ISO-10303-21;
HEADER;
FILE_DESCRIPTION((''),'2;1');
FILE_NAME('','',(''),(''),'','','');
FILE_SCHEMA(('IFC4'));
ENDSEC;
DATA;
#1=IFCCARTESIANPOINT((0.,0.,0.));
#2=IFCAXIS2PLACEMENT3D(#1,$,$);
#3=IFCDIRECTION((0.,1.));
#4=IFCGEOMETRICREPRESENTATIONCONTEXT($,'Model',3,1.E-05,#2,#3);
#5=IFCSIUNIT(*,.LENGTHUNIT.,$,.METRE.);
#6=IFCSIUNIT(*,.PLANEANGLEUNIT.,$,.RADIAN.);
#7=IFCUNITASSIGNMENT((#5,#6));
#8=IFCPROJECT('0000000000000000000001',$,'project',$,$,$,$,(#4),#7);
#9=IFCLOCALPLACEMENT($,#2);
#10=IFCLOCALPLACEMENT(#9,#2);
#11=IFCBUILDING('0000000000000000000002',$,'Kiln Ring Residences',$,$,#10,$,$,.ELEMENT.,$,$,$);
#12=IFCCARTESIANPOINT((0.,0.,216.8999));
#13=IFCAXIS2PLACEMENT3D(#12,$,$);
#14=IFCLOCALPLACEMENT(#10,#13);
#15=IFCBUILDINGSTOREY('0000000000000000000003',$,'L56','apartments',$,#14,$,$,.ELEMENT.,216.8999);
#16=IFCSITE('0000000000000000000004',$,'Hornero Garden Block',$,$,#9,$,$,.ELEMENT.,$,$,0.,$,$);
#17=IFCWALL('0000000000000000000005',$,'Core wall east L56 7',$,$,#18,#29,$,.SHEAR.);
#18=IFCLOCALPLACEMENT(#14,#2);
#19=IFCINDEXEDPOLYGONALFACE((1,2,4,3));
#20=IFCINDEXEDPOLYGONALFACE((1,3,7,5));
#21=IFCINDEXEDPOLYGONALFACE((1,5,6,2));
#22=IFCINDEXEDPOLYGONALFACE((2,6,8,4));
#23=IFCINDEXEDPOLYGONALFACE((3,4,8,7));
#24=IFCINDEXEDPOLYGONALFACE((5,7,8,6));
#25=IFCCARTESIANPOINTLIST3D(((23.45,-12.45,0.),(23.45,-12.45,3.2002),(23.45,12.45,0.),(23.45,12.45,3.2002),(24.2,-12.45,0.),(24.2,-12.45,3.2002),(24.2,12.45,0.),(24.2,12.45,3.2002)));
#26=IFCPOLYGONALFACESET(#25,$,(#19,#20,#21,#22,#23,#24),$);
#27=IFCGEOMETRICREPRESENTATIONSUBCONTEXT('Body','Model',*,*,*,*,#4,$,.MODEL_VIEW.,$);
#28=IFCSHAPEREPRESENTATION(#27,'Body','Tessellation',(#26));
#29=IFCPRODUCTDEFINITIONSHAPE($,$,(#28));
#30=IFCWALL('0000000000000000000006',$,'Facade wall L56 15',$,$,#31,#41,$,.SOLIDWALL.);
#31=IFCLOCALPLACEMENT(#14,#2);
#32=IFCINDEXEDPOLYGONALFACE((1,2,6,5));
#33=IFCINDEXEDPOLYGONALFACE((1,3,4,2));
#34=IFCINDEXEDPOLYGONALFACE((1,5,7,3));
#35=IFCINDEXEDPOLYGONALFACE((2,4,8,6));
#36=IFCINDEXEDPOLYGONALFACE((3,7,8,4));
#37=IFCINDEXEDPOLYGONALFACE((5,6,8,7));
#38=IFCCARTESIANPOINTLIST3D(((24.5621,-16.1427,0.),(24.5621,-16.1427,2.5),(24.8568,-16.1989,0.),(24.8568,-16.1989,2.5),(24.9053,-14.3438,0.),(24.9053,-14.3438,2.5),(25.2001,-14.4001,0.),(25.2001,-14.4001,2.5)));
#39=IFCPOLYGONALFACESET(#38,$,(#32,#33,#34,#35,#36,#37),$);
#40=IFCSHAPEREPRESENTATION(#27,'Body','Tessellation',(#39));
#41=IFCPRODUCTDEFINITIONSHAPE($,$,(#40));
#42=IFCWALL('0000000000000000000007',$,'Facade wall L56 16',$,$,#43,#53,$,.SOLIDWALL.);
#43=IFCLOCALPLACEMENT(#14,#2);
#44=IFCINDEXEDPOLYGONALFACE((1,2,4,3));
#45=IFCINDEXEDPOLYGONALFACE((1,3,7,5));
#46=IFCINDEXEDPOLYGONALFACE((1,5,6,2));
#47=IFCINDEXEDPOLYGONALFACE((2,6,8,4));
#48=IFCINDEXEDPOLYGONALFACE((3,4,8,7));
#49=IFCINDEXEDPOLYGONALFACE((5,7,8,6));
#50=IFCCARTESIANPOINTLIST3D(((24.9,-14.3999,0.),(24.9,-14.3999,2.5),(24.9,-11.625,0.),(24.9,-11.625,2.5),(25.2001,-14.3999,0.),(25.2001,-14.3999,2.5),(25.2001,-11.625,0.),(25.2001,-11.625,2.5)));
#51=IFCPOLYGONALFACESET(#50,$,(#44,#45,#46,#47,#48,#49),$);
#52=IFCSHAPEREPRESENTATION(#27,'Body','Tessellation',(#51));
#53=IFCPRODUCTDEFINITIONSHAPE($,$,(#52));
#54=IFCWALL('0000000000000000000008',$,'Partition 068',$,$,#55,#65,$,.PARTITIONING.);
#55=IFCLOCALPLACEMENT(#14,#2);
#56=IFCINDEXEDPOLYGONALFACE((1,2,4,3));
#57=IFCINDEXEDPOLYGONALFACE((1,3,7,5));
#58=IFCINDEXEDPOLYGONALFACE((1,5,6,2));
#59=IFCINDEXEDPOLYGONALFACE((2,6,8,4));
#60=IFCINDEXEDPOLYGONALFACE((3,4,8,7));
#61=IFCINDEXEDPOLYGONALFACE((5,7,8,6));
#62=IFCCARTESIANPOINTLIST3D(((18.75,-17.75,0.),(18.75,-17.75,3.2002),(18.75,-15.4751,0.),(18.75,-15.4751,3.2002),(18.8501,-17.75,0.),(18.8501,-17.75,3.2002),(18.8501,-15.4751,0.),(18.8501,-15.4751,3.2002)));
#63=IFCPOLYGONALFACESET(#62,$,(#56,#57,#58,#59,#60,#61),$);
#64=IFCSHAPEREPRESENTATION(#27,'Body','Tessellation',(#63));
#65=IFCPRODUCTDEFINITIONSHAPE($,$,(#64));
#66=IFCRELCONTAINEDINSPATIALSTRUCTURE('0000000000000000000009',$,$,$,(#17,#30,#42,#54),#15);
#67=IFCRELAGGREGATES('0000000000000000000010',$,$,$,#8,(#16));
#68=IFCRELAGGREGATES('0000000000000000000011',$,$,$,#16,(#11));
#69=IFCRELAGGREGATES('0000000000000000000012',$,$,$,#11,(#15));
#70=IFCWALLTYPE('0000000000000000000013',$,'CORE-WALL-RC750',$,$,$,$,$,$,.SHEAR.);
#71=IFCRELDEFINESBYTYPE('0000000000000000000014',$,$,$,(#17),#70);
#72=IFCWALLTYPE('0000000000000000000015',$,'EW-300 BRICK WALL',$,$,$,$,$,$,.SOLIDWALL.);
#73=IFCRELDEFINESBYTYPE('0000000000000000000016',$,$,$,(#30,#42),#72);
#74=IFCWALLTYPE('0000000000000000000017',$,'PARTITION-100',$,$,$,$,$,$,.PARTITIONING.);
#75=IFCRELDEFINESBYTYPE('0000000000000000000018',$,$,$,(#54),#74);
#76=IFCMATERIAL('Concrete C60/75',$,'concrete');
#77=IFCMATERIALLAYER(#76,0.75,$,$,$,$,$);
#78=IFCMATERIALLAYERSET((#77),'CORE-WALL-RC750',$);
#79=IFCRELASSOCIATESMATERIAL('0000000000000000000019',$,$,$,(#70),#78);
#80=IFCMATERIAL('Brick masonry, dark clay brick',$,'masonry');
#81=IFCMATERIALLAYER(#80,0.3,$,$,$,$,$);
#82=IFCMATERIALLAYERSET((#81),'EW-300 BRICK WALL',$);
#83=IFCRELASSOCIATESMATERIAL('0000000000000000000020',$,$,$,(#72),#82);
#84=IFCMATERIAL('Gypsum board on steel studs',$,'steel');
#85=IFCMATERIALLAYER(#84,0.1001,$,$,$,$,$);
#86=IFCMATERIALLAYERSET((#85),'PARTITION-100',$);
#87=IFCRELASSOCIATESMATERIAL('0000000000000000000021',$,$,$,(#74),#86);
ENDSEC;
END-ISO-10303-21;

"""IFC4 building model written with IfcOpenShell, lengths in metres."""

from ifc_helpers import new_model, si_unit, direction, frame, frame_2d, origin, place, context, subcontext, project, spatial, rectangle, extrude, material, layer, layer_set, type_object, element, save


model = new_model("IFC4")

# Units and contexts
model_context = context("Model", 3, precision=1e-05, world=origin(), true_north=direction((0.0, 1.0)))
body_context = subcontext(model_context, "Body", "Model", "MODEL_VIEW")
ifc_project = project(units=[si_unit("LENGTHUNIT", "METRE"), si_unit("PLANEANGLEUNIT", "RADIAN")], contexts=[model_context])

# Site, building, storey
site_placement = place(None, origin())
site = spatial("IfcSite", under=ifc_project, at=site_placement, Name="Hornero Garden Block", CompositionType="ELEMENT", RefElevation=0.0)
building_placement = place(site_placement, origin())
building = spatial("IfcBuilding", under=site, at=building_placement, Name="Kiln Ring Residences", CompositionType="ELEMENT")
storey_placement = place(building_placement, frame((0.0, 0.0, 216.8999)))
storey = spatial("IfcBuildingStorey", under=building, at=storey_placement, Name="L56", Description="apartments", CompositionType="ELEMENT", Elevation=216.8999)

# Walls
ifc_material_1 = material(Name="Concrete C60/75", Category="concrete")
ifc_layer_1 = layer(ifc_material_1, 0.75)
ifc_layer_set_1 = layer_set([ifc_layer_1], Name="CORE-WALL-RC750")
wall_type_1 = type_object("IfcWallType", Name="CORE-WALL-RC750", PredefinedType="SHEAR", material=ifc_layer_set_1)
wall_1_placement = place(storey_placement, frame((23.825, -12.45, 0.0), z_axis=(0.0, 0.0, 1.0), x_axis=(0.0, 1.0, 0.0)))
element("IfcWall", 1, at=wall_1_placement, inside=storey, type_object=wall_type_1, Name="Core wall east L56 7", PredefinedType="SHEAR", context=body_context, shape_type="SweptSolid", body=[
    extrude(rectangle(XDim=24.8999, YDim=0.75, at=frame_2d((12.45, 0.0))), origin(), (0.0, 0.0, 1.0), 3.2002),
])
ifc_material_2 = material(Name="Brick masonry, dark clay brick", Category="masonry")
ifc_layer_2 = layer(ifc_material_2, 0.3)
ifc_layer_set_2 = layer_set([ifc_layer_2], Name="EW-300 BRICK WALL")
wall_type_2 = type_object("IfcWallType", Name="EW-300 BRICK WALL", PredefinedType="SOLIDWALL", material=ifc_layer_set_2)
wall_2_placement = place(storey_placement, frame((24.7095, -16.1707, 0.0), z_axis=(0.0, 0.0, 1.0), x_axis=(0.187443, 0.982275, 0.0)))
element("IfcWall", 2, at=wall_2_placement, inside=storey, type_object=wall_type_2, Name="Facade wall L56 15", PredefinedType="SOLIDWALL", context=body_context, shape_type="SweptSolid", body=[
    extrude(rectangle(XDim=1.8313, YDim=0.3, at=frame_2d((0.9155, 0.0))), origin(), (0.0, 0.0, 1.0), 2.5),
])
wall_3_placement = place(storey_placement, frame((25.05, -14.3999, 0.0), z_axis=(0.0, 0.0, 1.0), x_axis=(0.0, 1.0, 0.0)))
element("IfcWall", 3, at=wall_3_placement, inside=storey, type_object=wall_type_2, Name="Facade wall L56 16", PredefinedType="SOLIDWALL", context=body_context, shape_type="SweptSolid", body=[
    extrude(rectangle(XDim=2.7749, YDim=0.3, at=frame_2d((1.3875, 0.0))), origin(), (0.0, 0.0, 1.0), 2.5),
])
ifc_material_3 = material(Name="Gypsum board on steel studs", Category="steel")
ifc_layer_3 = layer(ifc_material_3, 0.1001)
ifc_layer_set_3 = layer_set([ifc_layer_3], Name="PARTITION-100")
wall_type_3 = type_object("IfcWallType", Name="PARTITION-100", PredefinedType="PARTITIONING", material=ifc_layer_set_3)
wall_4_placement = place(storey_placement, frame((18.8, -17.75, 0.0), z_axis=(0.0, 0.0, 1.0), x_axis=(0.0, 1.0, 0.0)))
element("IfcWall", 4, at=wall_4_placement, inside=storey, type_object=wall_type_3, Name="Partition 068", PredefinedType="PARTITIONING", context=body_context, shape_type="SweptSolid", body=[
    extrude(rectangle(XDim=2.2749, YDim=0.1001, at=frame_2d((1.1375, 0.0))), origin(), (0.0, 0.0, 1.0), 3.2002),
])

save(model, "model.ifc")
